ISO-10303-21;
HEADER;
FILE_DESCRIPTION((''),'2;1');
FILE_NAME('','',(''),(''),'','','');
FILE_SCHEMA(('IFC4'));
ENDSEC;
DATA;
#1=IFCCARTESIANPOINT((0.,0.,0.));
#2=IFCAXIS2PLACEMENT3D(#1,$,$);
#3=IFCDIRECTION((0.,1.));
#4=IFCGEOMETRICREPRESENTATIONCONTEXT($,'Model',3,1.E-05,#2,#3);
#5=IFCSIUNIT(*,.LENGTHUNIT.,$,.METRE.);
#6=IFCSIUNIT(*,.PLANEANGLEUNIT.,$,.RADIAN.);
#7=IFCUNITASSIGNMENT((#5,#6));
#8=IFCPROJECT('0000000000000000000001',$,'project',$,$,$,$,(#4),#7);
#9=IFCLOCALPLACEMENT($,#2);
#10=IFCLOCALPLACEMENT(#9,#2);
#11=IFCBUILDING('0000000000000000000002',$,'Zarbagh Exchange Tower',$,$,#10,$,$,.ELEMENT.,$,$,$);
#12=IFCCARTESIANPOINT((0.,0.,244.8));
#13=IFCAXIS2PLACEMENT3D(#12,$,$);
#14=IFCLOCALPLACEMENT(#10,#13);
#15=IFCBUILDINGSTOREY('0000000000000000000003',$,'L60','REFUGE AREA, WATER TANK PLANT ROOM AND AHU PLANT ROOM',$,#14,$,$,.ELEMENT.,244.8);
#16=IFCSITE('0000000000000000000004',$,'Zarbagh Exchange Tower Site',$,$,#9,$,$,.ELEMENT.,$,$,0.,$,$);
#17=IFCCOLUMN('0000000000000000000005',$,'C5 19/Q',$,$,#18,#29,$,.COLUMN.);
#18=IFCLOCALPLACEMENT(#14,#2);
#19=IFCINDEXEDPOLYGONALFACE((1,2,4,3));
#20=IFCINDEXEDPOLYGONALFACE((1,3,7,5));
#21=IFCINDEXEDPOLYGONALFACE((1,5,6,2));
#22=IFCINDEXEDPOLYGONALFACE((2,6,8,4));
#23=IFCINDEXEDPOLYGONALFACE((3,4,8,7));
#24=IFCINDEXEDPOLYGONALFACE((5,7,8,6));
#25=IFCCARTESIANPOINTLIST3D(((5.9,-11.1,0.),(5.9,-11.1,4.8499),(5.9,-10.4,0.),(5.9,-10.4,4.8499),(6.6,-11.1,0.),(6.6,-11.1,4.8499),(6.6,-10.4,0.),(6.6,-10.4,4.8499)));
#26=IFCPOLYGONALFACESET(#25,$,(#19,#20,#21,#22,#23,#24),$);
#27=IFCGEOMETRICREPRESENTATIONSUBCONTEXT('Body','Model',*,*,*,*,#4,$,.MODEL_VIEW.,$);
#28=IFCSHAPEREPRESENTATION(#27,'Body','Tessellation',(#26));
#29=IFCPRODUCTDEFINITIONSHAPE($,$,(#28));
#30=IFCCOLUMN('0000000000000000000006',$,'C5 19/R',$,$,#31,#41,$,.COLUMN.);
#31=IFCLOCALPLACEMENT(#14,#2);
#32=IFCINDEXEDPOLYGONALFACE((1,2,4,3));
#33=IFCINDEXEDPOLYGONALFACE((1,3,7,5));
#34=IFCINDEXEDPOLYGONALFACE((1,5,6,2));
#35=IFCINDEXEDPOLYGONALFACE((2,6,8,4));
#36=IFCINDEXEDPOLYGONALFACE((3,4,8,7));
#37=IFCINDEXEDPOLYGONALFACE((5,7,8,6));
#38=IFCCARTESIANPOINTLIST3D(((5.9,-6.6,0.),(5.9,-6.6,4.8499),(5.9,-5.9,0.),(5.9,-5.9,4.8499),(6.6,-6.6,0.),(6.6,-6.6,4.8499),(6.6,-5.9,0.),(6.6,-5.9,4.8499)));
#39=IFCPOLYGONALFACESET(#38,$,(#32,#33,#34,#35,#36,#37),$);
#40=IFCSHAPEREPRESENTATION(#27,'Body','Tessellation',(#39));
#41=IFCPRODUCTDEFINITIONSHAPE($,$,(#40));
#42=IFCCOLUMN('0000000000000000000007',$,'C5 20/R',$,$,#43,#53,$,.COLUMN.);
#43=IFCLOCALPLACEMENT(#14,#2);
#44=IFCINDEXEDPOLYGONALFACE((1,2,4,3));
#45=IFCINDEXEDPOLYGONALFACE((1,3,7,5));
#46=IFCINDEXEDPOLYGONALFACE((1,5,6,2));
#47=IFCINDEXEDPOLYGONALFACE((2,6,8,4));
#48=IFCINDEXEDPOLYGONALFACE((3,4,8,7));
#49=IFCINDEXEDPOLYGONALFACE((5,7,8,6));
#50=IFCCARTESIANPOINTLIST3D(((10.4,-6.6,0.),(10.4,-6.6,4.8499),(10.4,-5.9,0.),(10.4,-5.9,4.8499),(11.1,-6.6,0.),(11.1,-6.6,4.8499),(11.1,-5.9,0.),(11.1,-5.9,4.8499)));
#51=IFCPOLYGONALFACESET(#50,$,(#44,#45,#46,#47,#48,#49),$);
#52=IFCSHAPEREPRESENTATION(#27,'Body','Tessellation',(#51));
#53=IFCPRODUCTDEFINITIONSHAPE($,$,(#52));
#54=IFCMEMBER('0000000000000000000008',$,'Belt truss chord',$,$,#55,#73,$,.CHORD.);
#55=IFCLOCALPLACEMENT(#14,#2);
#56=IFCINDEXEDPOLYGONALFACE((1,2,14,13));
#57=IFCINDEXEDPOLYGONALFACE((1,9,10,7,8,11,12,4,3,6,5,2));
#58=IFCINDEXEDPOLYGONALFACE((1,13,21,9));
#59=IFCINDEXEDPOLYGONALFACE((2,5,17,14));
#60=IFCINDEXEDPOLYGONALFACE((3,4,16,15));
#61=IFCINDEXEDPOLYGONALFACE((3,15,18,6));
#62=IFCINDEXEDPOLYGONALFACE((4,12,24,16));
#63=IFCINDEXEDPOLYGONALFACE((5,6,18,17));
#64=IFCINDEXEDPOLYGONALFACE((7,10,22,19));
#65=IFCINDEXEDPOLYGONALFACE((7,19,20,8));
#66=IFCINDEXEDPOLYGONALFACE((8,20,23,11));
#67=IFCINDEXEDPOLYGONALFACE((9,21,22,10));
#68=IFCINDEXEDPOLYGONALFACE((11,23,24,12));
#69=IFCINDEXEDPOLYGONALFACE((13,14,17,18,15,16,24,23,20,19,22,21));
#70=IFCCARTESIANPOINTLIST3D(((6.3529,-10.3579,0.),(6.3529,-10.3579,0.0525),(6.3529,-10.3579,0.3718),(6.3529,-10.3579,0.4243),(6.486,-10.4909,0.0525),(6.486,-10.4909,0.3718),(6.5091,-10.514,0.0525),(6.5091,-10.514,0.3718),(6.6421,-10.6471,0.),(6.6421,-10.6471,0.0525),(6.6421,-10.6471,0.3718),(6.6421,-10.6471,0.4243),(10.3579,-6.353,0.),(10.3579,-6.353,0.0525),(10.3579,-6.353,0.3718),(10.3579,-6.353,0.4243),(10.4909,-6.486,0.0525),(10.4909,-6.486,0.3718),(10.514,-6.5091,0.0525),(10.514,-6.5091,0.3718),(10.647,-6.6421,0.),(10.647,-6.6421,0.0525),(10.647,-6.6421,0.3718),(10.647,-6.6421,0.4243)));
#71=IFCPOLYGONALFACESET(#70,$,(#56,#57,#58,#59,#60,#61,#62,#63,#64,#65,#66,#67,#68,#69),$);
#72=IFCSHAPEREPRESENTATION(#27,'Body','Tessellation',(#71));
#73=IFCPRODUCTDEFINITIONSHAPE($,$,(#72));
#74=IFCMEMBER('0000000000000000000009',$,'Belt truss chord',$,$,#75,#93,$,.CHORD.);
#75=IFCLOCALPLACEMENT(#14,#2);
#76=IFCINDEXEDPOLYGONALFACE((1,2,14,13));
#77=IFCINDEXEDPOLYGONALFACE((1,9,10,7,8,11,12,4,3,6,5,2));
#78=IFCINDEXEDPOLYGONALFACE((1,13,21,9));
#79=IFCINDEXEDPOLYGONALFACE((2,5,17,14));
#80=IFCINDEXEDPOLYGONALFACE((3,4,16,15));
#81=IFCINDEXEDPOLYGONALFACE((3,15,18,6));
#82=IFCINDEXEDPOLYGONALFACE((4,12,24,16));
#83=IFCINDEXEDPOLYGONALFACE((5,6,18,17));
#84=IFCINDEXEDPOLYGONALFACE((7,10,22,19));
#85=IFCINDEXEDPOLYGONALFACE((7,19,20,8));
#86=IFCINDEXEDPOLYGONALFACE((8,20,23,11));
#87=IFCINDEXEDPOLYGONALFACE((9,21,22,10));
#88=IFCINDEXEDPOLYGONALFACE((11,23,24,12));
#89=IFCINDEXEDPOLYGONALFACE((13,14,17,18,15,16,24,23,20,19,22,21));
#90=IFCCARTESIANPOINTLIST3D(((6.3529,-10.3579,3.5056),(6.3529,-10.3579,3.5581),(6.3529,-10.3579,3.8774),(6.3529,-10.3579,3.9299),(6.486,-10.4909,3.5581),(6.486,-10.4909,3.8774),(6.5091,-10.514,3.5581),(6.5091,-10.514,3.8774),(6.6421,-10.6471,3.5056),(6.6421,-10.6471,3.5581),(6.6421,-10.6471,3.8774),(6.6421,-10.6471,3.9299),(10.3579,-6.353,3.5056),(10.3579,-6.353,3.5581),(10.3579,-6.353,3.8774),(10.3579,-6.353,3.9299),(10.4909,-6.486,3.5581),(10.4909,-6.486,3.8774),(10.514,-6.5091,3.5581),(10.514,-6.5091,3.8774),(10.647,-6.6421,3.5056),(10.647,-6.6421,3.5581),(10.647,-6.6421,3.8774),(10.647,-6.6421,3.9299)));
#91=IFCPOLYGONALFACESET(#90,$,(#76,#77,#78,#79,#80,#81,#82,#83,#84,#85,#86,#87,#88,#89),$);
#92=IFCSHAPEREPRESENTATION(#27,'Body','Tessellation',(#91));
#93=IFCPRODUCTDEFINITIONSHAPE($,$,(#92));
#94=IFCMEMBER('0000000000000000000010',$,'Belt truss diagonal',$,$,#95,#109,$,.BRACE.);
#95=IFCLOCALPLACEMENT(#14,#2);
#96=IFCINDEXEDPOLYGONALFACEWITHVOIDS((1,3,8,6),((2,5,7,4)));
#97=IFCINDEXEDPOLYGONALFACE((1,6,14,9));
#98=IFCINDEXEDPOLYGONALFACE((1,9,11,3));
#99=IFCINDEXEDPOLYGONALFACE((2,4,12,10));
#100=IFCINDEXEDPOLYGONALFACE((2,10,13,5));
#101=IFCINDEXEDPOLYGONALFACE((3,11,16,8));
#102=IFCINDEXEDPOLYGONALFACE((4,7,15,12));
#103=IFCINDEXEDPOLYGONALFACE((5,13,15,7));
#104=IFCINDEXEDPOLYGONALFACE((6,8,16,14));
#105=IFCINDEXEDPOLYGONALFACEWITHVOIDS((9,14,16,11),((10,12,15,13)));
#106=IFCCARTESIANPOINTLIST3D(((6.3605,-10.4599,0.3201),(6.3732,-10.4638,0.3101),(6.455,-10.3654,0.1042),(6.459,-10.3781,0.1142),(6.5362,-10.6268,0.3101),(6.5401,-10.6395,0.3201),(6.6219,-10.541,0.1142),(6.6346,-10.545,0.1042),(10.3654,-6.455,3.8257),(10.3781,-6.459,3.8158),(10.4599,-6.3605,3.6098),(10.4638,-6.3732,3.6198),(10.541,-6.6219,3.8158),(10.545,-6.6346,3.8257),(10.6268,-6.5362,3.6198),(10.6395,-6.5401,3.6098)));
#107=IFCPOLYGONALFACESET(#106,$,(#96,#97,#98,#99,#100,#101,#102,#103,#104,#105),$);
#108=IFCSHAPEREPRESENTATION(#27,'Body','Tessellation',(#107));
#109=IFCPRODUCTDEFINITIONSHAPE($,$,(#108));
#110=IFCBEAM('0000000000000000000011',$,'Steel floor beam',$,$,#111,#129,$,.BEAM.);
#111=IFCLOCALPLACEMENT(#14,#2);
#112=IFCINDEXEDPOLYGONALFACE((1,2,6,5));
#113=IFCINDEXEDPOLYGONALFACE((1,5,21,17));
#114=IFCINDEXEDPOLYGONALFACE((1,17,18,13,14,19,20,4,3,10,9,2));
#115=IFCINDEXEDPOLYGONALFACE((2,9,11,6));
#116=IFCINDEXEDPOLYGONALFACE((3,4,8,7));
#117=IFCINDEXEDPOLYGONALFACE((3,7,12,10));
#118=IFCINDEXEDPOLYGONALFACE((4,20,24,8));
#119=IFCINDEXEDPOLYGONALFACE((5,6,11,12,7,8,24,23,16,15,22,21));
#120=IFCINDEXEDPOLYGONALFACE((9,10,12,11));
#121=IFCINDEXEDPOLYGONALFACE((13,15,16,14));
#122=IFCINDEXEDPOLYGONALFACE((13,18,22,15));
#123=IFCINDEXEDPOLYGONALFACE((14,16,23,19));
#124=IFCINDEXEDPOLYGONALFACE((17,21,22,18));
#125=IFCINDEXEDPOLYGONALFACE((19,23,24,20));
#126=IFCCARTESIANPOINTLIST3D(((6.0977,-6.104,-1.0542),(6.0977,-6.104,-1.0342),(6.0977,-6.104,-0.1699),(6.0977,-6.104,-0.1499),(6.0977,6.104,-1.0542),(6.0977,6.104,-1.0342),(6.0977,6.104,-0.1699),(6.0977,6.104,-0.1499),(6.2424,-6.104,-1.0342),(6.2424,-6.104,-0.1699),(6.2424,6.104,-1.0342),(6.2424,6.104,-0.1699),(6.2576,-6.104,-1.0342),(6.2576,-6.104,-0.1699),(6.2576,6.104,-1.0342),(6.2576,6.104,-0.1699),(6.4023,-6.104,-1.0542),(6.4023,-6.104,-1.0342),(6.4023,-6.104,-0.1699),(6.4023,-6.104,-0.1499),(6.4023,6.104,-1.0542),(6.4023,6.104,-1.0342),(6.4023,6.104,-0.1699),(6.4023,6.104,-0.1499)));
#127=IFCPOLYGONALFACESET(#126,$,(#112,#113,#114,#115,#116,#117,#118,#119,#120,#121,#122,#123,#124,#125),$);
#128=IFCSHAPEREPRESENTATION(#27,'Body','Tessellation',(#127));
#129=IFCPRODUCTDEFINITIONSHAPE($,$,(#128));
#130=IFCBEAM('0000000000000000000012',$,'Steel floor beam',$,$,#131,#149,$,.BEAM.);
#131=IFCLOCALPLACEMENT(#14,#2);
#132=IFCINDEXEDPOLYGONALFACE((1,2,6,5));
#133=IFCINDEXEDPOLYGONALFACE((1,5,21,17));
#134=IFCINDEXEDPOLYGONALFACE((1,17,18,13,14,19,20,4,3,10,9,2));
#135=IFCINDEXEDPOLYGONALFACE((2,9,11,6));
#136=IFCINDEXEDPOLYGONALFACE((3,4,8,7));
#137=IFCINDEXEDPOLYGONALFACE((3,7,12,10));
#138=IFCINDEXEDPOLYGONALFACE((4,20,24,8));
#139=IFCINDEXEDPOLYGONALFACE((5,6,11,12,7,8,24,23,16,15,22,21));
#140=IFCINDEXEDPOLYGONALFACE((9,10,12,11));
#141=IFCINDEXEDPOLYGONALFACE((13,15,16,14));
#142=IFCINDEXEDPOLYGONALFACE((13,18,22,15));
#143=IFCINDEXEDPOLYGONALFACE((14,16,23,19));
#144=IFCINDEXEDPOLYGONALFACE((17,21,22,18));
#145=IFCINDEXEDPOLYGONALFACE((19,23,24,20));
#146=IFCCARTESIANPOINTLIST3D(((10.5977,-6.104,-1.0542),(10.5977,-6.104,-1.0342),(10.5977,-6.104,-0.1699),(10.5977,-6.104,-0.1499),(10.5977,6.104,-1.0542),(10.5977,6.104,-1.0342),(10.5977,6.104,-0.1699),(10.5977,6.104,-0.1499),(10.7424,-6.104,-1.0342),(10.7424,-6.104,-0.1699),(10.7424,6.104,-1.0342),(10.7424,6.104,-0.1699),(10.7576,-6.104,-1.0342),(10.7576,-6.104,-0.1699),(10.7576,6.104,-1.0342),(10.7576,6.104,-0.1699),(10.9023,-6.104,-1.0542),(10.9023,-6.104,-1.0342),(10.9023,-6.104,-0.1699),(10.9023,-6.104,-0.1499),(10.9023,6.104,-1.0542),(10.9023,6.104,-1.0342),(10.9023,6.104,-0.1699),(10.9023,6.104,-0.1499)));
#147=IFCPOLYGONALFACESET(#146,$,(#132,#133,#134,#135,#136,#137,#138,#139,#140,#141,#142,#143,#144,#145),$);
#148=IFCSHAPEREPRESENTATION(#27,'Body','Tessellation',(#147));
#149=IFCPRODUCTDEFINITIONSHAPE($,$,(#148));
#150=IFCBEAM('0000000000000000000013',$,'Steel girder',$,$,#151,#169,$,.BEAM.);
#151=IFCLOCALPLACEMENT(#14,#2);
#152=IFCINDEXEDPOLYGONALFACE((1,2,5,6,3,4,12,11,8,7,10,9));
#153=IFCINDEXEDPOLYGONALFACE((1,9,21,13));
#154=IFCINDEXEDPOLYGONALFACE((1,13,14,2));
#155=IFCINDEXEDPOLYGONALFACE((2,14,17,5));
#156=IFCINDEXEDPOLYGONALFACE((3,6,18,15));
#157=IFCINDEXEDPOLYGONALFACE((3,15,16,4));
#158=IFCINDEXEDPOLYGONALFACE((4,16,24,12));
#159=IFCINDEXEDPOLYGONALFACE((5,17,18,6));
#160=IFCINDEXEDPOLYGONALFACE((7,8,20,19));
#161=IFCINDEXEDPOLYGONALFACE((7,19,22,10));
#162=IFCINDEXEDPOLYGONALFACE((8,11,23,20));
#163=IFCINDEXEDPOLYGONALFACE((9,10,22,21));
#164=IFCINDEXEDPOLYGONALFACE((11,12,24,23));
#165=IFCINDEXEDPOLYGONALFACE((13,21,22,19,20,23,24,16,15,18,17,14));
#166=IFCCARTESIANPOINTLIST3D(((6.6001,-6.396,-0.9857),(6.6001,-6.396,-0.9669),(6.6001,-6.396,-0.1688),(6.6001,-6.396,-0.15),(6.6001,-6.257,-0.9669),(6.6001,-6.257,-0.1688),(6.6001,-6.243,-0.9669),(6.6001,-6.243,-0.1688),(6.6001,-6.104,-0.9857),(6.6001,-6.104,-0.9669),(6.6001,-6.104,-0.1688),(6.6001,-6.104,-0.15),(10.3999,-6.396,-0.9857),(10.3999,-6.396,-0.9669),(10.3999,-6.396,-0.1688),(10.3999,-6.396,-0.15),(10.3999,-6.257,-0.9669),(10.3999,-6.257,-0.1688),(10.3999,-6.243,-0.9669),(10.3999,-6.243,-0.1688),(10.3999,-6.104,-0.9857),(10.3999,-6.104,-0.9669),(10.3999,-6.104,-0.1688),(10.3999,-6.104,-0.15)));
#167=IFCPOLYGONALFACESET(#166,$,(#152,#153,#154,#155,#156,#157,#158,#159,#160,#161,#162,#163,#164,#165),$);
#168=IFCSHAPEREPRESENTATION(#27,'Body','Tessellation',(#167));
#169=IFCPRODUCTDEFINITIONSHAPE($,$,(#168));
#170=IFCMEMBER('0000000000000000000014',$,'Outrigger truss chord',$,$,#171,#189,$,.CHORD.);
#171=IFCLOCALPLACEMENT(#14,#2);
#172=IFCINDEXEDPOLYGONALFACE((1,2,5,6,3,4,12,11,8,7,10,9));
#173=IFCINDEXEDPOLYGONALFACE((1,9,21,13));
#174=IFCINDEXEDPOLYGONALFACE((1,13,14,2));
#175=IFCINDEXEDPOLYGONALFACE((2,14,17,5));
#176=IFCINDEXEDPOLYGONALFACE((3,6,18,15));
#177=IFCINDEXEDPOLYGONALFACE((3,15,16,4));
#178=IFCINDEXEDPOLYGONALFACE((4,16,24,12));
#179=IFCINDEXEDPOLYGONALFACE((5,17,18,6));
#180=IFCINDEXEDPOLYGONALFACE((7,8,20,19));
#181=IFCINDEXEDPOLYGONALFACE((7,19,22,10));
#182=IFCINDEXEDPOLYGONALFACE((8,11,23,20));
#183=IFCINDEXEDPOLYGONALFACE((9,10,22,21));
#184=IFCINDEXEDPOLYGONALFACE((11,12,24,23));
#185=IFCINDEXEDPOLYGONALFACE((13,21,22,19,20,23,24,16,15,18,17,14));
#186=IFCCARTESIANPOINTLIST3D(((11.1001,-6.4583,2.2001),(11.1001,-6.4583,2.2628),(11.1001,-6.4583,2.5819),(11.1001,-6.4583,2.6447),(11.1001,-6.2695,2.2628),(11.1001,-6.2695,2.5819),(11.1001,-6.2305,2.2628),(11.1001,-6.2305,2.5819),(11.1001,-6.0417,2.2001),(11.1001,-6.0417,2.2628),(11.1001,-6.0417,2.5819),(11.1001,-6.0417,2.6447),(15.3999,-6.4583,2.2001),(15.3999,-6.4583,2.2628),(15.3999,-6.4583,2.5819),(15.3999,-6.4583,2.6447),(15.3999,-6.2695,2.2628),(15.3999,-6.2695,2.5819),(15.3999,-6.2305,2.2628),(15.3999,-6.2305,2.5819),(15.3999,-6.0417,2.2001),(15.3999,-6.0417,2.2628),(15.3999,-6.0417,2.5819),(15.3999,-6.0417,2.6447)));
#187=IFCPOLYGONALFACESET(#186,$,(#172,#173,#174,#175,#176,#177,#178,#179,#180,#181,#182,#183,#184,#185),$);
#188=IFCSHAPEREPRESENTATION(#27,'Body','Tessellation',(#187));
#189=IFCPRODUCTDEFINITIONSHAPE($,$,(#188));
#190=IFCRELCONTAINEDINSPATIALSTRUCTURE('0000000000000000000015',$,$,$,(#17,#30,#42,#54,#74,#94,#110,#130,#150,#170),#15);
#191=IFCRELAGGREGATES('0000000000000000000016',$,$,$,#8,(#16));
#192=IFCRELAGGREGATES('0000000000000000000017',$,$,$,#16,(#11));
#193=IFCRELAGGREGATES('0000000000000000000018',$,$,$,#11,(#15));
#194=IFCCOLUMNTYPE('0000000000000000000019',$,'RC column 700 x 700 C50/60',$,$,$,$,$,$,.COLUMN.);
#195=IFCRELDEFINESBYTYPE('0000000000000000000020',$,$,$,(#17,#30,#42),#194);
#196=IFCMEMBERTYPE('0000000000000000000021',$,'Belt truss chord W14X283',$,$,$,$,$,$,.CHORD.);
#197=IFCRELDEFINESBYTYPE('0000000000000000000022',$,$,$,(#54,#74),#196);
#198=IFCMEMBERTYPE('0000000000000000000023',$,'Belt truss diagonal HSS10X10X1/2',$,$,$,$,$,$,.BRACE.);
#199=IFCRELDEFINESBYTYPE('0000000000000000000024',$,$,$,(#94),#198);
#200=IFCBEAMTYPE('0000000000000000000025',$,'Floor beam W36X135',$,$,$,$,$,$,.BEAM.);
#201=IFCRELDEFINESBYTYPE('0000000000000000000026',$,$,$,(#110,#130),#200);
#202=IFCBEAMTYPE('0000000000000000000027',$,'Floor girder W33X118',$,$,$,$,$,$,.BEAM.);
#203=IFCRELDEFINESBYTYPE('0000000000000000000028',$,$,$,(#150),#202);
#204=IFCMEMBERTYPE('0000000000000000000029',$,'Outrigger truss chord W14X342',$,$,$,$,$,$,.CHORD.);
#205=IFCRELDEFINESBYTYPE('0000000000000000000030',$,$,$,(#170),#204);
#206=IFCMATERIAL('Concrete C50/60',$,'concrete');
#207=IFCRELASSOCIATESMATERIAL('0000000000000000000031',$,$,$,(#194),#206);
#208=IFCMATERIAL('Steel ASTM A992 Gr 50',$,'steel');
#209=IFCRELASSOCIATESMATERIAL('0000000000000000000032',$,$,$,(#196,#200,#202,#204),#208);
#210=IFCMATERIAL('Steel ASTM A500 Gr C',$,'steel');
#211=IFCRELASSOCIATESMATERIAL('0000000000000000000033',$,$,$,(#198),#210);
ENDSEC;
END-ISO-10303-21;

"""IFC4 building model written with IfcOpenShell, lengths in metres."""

from ifc_helpers import new_model, si_unit, direction, frame, origin, origin_2d, place, context, subcontext, project, spatial, rectangle, hollow_rectangle, i_section, extrude, material, material_profile, profile_set, type_object, element, save


model = new_model("IFC4")

# Units and contexts
model_context = context("Model", 3, precision=1e-05, world=origin(), true_north=direction((0.0, 1.0)))
body_context = subcontext(model_context, "Body", "Model", "MODEL_VIEW")
ifc_project = project(units=[si_unit("LENGTHUNIT", "METRE"), si_unit("PLANEANGLEUNIT", "RADIAN")], contexts=[model_context])

# Site, building, storey
site_placement = place(None, origin())
site = spatial("IfcSite", under=ifc_project, at=site_placement, Name="Zarbagh Exchange Tower Site", CompositionType="ELEMENT", RefElevation=0.0)
building_placement = place(site_placement, origin())
building = spatial("IfcBuilding", under=site, at=building_placement, Name="Zarbagh Exchange Tower", CompositionType="ELEMENT")
storey_placement = place(building_placement, frame((0.0, 0.0, 244.8)))
storey = spatial("IfcBuildingStorey", under=building, at=storey_placement, Name="L60", Description="REFUGE AREA, WATER TANK PLANT ROOM AND AHU PLANT ROOM", CompositionType="ELEMENT", Elevation=244.8)

# Columns
ifc_material_1 = material(Name="Concrete C50/60", Category="concrete")
ifc_material_profile_1 = material_profile(ifc_material_1, rectangle(XDim=0.7, YDim=0.7, at=origin_2d()), Name="RC column 700 x 700 C50/60")
ifc_profile_set_1 = profile_set([ifc_material_profile_1], Name="Concrete C50/60")
column_type = type_object("IfcColumnType", Name="RC column 700 x 700 C50/60", PredefinedType="COLUMN", material=ifc_profile_set_1)
for number, where, z_axis, x_axis, name in (
    (1, (6.25, -10.75, 0.0), (0.0, 0.0, 1.0), (1.0, 0.0, 0.0), "C5 19/Q"),
    (2, (6.25, -6.25, 0.0), (0.0, 0.0, 1.0), (1.0, 0.0, 0.0), "C5 19/R"),
    (3, (10.75, -6.25, 0.0), (0.0, 0.0, 1.0), (1.0, 0.0, 0.0), "C5 20/R"),
):
    element("IfcColumn", number, at=place(storey_placement, frame(where, z_axis=z_axis, x_axis=x_axis)), inside=storey, type_object=column_type, Name=name, PredefinedType="COLUMN", context=body_context, shape_type="SweptSolid", body=[
        extrude(rectangle(XDim=0.7, YDim=0.7, at=origin_2d()), origin(), (0.0, 0.0, 1.0), 4.8499),
    ])

# Members
ifc_material_2 = material(Name="Steel ASTM A992 Gr 50", Category="steel")
ifc_material_profile_2 = material_profile(ifc_material_2, i_section(OverallWidth=0.4089, OverallDepth=0.4243, WebThickness=0.0327, FlangeThickness=0.0525, at=origin_2d()), Name="W14X283")
ifc_profile_set_2 = profile_set([ifc_material_profile_2], Name="Steel ASTM A992 Gr 50")
member_type_1 = type_object("IfcMemberType", Name="Belt truss chord W14X283", PredefinedType="CHORD", material=ifc_profile_set_2)
for number, where, z_axis, x_axis, name in (
    (4, (10.5024, -6.4976, 0.2122), (-0.707107, -0.707107, 0.0), (0.707107, -0.707107, 0.0), "Belt truss chord"),
    (5, (10.5024, -6.4976, 3.7178), (-0.707107, -0.707107, 0.0), (0.707107, -0.707107, 0.0), "Belt truss chord"),
):
    element("IfcMember", number, at=place(storey_placement, frame(where, z_axis=z_axis, x_axis=x_axis)), inside=storey, type_object=member_type_1, Name=name, PredefinedType="CHORD", context=body_context, shape_type="SweptSolid", body=[
        extrude(i_section(OverallWidth=0.4089, OverallDepth=0.4243, WebThickness=0.0327, FlangeThickness=0.0525, at=origin_2d()), origin(), (0.0, 0.0, 1.0), 5.6638),
    ])
ifc_material_3 = material(Name="Steel ASTM A500 Gr C", Category="steel")
ifc_material_profile_3 = material_profile(ifc_material_3, hollow_rectangle(XDim=0.2539, YDim=0.2539, WallThickness=0.0117, at=origin_2d()), Name="HSS10X10X1/2")
ifc_profile_set_3 = profile_set([ifc_material_profile_3], Name="Steel ASTM A500 Gr C")
member_type_2 = type_object("IfcMemberType", Name="Belt truss diagonal HSS10X10X1/2", PredefinedType="BRACE", material=ifc_profile_set_3)
member_placement = place(storey_placement, frame((6.4976, -10.5024, 0.2122), z_axis=(0.601253, 0.601253, 0.526298), x_axis=(-0.707107, 0.707107, 0.0)))
element("IfcMember", 6, at=member_placement, inside=storey, type_object=member_type_2, Name="Belt truss diagonal", PredefinedType="BRACE", context=body_context, shape_type="SweptSolid", body=[
    extrude(hollow_rectangle(XDim=0.2539, YDim=0.2539, WallThickness=0.0117, at=origin_2d()), origin(), (0.0, 0.0, 1.0), 6.6609),
])

# Beams
ifc_material_profile_4 = material_profile(ifc_material_2, i_section(OverallWidth=0.3047, OverallDepth=0.9043, WebThickness=0.0151, FlangeThickness=0.02, at=origin_2d()), Name="W36X135")
ifc_profile_set_4 = profile_set([ifc_material_profile_4], Name="Steel ASTM A992 Gr 50")
beam_type_1 = type_object("IfcBeamType", Name="Floor beam W36X135", PredefinedType="BEAM", material=ifc_profile_set_4)
for number, where, z_axis, x_axis, name in (
    (7, (6.25, -6.104, -0.6021), (0.0, 1.0, 0.0), (-1.0, 0.0, 0.0), "Steel floor beam"),
    (8, (10.75, -6.104, -0.6021), (0.0, 1.0, 0.0), (-1.0, 0.0, 0.0), "Steel floor beam"),
):
    element("IfcBeam", number, at=place(storey_placement, frame(where, z_axis=z_axis, x_axis=x_axis)), inside=storey, type_object=beam_type_1, Name=name, PredefinedType="BEAM", context=body_context, shape_type="SweptSolid", body=[
        extrude(i_section(OverallWidth=0.3047, OverallDepth=0.9043, WebThickness=0.0151, FlangeThickness=0.02, at=origin_2d()), origin(), (0.0, 0.0, 1.0), 12.208),
    ])
ifc_material_profile_5 = material_profile(ifc_material_2, i_section(OverallWidth=0.292, OverallDepth=0.8357, WebThickness=0.0139, FlangeThickness=0.0188, at=origin_2d()), Name="W33X118")
ifc_profile_set_5 = profile_set([ifc_material_profile_5], Name="Steel ASTM A992 Gr 50")
beam_type_2 = type_object("IfcBeamType", Name="Floor girder W33X118", PredefinedType="BEAM", material=ifc_profile_set_5)
beam_1_placement = place(storey_placement, frame((6.6001, -6.25, -0.5679), z_axis=(1.0, 0.0, 0.0), x_axis=(0.0, 1.0, 0.0)))
element("IfcBeam", 9, at=beam_1_placement, inside=storey, type_object=beam_type_2, Name="Steel girder", PredefinedType="BEAM", context=body_context, shape_type="SweptSolid", body=[
    extrude(i_section(OverallWidth=0.292, OverallDepth=0.8357, WebThickness=0.0139, FlangeThickness=0.0188, at=origin_2d()), origin(), (0.0, 0.0, 1.0), 3.7998),
])

# Member
ifc_material_profile_6 = material_profile(ifc_material_2, i_section(OverallWidth=0.4165, OverallDepth=0.4446, WebThickness=0.0391, FlangeThickness=0.0627, at=origin_2d()), Name="W14X342")
ifc_profile_set_6 = profile_set([ifc_material_profile_6], Name="Steel ASTM A992 Gr 50")
member_type_3 = type_object("IfcMemberType", Name="Outrigger truss chord W14X342", PredefinedType="CHORD", material=ifc_profile_set_6)
for number, where, z_axis, x_axis, name in (
    (10, (15.3999, -6.25, 2.4224), (-1.0, 0.0, 0.0), (0.0, -1.0, 0.0), "Outrigger truss chord"),
):
    element("IfcMember", number, at=place(storey_placement, frame(where, z_axis=z_axis, x_axis=x_axis)), inside=storey, type_object=member_type_3, Name=name, PredefinedType="CHORD", context=body_context, shape_type="SweptSolid", body=[
        extrude(i_section(OverallWidth=0.4165, OverallDepth=0.4446, WebThickness=0.0391, FlangeThickness=0.0627, at=origin_2d()), origin(), (0.0, 0.0, 1.0), 4.2998),
    ])

save(model, "model.ifc")
